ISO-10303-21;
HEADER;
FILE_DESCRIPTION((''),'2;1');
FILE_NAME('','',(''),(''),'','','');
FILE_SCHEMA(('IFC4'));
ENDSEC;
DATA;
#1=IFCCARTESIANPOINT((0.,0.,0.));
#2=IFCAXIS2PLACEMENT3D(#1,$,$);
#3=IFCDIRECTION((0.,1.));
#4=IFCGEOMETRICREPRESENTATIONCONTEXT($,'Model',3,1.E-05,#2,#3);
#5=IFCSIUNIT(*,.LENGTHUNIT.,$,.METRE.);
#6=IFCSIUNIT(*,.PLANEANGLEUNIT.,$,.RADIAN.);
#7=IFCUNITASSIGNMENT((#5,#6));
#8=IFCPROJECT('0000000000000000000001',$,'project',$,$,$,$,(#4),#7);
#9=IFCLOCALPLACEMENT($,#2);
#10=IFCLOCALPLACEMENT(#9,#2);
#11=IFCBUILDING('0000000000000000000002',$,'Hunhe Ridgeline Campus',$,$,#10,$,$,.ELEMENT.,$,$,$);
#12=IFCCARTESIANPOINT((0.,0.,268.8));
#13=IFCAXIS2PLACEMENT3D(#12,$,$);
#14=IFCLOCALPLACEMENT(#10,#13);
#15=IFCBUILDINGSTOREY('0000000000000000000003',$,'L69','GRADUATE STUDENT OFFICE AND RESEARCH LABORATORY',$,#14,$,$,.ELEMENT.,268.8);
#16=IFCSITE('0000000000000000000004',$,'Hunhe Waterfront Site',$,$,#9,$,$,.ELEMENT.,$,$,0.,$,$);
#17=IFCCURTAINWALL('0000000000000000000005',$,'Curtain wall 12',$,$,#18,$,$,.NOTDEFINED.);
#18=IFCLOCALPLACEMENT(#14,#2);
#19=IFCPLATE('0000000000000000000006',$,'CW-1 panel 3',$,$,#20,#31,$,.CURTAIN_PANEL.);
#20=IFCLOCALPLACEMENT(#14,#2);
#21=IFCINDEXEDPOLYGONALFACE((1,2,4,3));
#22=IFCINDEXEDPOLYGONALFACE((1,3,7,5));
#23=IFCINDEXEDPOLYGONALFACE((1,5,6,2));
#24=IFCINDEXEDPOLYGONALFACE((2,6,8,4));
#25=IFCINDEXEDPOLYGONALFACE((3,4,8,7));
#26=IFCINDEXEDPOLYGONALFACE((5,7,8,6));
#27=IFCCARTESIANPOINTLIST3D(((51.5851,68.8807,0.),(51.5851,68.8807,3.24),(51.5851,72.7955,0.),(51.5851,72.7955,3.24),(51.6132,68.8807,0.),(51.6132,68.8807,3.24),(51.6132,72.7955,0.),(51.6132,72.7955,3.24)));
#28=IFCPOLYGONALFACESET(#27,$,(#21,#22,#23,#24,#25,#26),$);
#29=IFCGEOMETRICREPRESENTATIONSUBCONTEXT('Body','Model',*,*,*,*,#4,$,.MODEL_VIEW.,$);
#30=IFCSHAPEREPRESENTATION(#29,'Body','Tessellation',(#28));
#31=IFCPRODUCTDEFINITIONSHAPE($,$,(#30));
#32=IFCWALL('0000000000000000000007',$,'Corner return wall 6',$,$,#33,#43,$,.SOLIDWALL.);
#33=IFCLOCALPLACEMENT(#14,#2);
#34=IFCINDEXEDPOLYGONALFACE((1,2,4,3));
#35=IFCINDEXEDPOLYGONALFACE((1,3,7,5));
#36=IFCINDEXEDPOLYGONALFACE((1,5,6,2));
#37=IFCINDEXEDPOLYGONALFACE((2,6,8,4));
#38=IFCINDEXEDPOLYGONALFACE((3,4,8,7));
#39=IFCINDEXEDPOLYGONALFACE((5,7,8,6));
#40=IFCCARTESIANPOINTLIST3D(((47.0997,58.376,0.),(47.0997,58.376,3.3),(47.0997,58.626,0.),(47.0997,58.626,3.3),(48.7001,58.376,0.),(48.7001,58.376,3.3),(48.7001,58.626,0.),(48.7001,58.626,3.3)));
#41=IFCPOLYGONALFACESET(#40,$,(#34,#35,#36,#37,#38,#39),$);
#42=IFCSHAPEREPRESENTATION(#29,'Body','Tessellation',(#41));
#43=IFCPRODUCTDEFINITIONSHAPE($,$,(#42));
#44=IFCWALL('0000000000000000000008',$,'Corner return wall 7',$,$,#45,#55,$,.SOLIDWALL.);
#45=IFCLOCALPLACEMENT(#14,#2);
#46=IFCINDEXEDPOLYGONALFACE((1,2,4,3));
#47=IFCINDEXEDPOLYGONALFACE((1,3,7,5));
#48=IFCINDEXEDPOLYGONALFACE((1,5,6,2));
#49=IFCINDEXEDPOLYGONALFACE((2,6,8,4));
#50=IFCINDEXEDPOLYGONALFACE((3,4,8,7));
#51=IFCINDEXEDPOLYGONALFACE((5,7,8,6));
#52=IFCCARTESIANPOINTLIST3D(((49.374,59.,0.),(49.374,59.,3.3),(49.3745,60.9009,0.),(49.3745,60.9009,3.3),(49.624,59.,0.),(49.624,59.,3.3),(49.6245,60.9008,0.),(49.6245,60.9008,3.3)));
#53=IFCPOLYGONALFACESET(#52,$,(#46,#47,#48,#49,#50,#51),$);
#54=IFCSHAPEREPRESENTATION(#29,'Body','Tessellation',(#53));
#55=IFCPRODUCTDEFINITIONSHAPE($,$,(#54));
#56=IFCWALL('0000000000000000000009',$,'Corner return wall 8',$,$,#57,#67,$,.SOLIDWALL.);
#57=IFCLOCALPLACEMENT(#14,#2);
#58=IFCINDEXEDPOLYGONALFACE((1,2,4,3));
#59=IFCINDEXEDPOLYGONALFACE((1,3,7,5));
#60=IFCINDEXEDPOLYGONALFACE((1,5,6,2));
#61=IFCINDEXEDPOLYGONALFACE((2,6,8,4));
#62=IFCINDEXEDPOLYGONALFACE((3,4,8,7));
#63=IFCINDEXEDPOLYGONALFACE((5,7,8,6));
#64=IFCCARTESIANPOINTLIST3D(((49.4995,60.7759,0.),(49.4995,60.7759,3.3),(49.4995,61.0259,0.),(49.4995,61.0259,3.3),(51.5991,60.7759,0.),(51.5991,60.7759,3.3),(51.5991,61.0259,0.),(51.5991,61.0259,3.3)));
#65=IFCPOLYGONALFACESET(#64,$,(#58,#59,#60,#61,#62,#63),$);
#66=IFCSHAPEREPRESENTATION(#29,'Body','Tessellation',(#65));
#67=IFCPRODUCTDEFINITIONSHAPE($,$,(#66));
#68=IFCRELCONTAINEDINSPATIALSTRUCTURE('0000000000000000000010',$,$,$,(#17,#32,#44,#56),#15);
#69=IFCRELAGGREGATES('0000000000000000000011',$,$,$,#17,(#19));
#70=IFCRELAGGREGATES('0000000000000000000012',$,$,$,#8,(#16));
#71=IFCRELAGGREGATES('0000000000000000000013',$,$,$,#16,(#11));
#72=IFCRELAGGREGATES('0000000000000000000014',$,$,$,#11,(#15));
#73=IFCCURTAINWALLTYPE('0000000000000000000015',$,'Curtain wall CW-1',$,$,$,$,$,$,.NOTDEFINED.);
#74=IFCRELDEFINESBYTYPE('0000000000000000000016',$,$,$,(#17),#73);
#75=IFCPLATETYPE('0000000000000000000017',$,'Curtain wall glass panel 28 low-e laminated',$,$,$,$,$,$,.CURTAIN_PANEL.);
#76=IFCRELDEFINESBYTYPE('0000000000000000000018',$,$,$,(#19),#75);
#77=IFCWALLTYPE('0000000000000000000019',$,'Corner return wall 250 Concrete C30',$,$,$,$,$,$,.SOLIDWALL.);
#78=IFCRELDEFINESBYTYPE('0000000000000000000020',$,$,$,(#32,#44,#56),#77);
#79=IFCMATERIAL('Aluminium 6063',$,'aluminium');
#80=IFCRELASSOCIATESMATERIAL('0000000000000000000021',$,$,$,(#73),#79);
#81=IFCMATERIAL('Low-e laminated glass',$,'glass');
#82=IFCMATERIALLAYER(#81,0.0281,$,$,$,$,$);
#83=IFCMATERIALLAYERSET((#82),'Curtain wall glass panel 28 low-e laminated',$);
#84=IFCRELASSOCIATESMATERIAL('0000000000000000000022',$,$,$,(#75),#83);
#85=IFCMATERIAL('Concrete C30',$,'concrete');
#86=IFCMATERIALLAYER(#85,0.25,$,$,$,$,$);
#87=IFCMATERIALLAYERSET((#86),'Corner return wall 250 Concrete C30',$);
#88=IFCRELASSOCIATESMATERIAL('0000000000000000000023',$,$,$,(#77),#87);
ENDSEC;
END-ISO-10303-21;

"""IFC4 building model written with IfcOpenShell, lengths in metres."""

from ifc_helpers import new_model, si_unit, direction, frame, frame_2d, origin, origin_2d, place, context, subcontext, project, spatial, rectangle, extrude, material, layer, layer_set, type_object, element, aggregate, save


model = new_model("IFC4")

# Units and contexts
model_context = context("Model", 3, precision=1e-05, world=origin(), true_north=direction((0.0, 1.0)))
body_context = subcontext(model_context, "Body", "Model", "MODEL_VIEW")
ifc_project = project(units=[si_unit("LENGTHUNIT", "METRE"), si_unit("PLANEANGLEUNIT", "RADIAN")], contexts=[model_context])

# Site, building, storey
site_placement = place(None, origin())
site = spatial("IfcSite", under=ifc_project, at=site_placement, Name="Hunhe Waterfront Site", CompositionType="ELEMENT", RefElevation=0.0)
building_placement = place(site_placement, origin())
building = spatial("IfcBuilding", under=site, at=building_placement, Name="Hunhe Ridgeline Campus", CompositionType="ELEMENT")
storey_placement = place(building_placement, frame((0.0, 0.0, 268.8)))
storey = spatial("IfcBuildingStorey", under=building, at=storey_placement, Name="L69", Description="GRADUATE STUDENT OFFICE AND RESEARCH LABORATORY", CompositionType="ELEMENT", Elevation=268.8)

# Curtain wall
ifc_material_1 = material(Name="Aluminium 6063", Category="aluminium")
curtain_wall_type = type_object("IfcCurtainWallType", Name="Curtain wall CW-1", PredefinedType="NOTDEFINED", material=ifc_material_1)
curtain_wall_placement = place(storey_placement, origin())
curtain_wall = element("IfcCurtainWall", 1, at=curtain_wall_placement, inside=storey, type_object=curtain_wall_type, Name="Curtain wall 12", PredefinedType="NOTDEFINED")

# Plate
ifc_material_2 = material(Name="Low-e laminated glass", Category="glass")
ifc_layer_1 = layer(ifc_material_2, 0.0281)
ifc_layer_set_1 = layer_set([ifc_layer_1], Name="Curtain wall glass panel 28 low-e laminated")
plate_type = type_object("IfcPlateType", Name="Curtain wall glass panel 28 low-e laminated", PredefinedType="CURTAIN_PANEL", material=ifc_layer_set_1)
plate_1_placement = place(storey_placement, frame((51.5991, 70.8381, 0.0), z_axis=(0.0, 0.0, 1.0), x_axis=(0.0, 1.0, 0.0)))
plate_1 = element("IfcPlate", 2, at=plate_1_placement, type_object=plate_type, Name="CW-1 panel 3", PredefinedType="CURTAIN_PANEL", context=body_context, shape_type="SweptSolid", body=[
    extrude(rectangle(XDim=3.9148, YDim=0.0281, at=origin_2d()), origin(), (0.0, 0.0, 1.0), 3.24),
])
aggregate(curtain_wall, [plate_1])

# Walls
ifc_material_3 = material(Name="Concrete C30", Category="concrete")
ifc_layer_2 = layer(ifc_material_3, 0.25)
ifc_layer_set_2 = layer_set([ifc_layer_2], Name="Corner return wall 250 Concrete C30")
wall_type = type_object("IfcWallType", Name="Corner return wall 250 Concrete C30", PredefinedType="SOLIDWALL", material=ifc_layer_set_2)
wall_1_placement = place(storey_placement, frame((47.0996, 58.501, 0.0), z_axis=(0.0, 0.0, 1.0), x_axis=(1.0, 0.0, 0.0)))
element("IfcWall", 3, at=wall_1_placement, inside=storey, type_object=wall_type, Name="Corner return wall 6", PredefinedType="SOLIDWALL", context=body_context, shape_type="SweptSolid", body=[
    extrude(rectangle(XDim=1.6003, YDim=0.25, at=frame_2d((0.8003, 0.0))), origin(), (0.0, 0.0, 1.0), 3.3),
])
wall_2_placement = place(storey_placement, frame((49.499, 59.0, 0.0), z_axis=(0.0, 0.0, 1.0), x_axis=(0.000257, 1.0, 0.0)))
element("IfcWall", 4, at=wall_2_placement, inside=storey, type_object=wall_type, Name="Corner return wall 7", PredefinedType="SOLIDWALL", context=body_context, shape_type="SweptSolid", body=[
    extrude(rectangle(XDim=1.9009, YDim=0.25, at=frame_2d((0.9504, 0.0))), origin(), (0.0, 0.0, 1.0), 3.3),
])
wall_3_placement = place(storey_placement, frame((49.4995, 60.9009, 0.0), z_axis=(0.0, 0.0, 1.0), x_axis=(1.0, 0.0, 0.0)))
element("IfcWall", 5, at=wall_3_placement, inside=storey, type_object=wall_type, Name="Corner return wall 8", PredefinedType="SOLIDWALL", context=body_context, shape_type="SweptSolid", body=[
    extrude(rectangle(XDim=2.0996, YDim=0.25, at=frame_2d((1.0498, 0.0))), origin(), (0.0, 0.0, 1.0), 3.3),
])

save(model, "model.ifc")
